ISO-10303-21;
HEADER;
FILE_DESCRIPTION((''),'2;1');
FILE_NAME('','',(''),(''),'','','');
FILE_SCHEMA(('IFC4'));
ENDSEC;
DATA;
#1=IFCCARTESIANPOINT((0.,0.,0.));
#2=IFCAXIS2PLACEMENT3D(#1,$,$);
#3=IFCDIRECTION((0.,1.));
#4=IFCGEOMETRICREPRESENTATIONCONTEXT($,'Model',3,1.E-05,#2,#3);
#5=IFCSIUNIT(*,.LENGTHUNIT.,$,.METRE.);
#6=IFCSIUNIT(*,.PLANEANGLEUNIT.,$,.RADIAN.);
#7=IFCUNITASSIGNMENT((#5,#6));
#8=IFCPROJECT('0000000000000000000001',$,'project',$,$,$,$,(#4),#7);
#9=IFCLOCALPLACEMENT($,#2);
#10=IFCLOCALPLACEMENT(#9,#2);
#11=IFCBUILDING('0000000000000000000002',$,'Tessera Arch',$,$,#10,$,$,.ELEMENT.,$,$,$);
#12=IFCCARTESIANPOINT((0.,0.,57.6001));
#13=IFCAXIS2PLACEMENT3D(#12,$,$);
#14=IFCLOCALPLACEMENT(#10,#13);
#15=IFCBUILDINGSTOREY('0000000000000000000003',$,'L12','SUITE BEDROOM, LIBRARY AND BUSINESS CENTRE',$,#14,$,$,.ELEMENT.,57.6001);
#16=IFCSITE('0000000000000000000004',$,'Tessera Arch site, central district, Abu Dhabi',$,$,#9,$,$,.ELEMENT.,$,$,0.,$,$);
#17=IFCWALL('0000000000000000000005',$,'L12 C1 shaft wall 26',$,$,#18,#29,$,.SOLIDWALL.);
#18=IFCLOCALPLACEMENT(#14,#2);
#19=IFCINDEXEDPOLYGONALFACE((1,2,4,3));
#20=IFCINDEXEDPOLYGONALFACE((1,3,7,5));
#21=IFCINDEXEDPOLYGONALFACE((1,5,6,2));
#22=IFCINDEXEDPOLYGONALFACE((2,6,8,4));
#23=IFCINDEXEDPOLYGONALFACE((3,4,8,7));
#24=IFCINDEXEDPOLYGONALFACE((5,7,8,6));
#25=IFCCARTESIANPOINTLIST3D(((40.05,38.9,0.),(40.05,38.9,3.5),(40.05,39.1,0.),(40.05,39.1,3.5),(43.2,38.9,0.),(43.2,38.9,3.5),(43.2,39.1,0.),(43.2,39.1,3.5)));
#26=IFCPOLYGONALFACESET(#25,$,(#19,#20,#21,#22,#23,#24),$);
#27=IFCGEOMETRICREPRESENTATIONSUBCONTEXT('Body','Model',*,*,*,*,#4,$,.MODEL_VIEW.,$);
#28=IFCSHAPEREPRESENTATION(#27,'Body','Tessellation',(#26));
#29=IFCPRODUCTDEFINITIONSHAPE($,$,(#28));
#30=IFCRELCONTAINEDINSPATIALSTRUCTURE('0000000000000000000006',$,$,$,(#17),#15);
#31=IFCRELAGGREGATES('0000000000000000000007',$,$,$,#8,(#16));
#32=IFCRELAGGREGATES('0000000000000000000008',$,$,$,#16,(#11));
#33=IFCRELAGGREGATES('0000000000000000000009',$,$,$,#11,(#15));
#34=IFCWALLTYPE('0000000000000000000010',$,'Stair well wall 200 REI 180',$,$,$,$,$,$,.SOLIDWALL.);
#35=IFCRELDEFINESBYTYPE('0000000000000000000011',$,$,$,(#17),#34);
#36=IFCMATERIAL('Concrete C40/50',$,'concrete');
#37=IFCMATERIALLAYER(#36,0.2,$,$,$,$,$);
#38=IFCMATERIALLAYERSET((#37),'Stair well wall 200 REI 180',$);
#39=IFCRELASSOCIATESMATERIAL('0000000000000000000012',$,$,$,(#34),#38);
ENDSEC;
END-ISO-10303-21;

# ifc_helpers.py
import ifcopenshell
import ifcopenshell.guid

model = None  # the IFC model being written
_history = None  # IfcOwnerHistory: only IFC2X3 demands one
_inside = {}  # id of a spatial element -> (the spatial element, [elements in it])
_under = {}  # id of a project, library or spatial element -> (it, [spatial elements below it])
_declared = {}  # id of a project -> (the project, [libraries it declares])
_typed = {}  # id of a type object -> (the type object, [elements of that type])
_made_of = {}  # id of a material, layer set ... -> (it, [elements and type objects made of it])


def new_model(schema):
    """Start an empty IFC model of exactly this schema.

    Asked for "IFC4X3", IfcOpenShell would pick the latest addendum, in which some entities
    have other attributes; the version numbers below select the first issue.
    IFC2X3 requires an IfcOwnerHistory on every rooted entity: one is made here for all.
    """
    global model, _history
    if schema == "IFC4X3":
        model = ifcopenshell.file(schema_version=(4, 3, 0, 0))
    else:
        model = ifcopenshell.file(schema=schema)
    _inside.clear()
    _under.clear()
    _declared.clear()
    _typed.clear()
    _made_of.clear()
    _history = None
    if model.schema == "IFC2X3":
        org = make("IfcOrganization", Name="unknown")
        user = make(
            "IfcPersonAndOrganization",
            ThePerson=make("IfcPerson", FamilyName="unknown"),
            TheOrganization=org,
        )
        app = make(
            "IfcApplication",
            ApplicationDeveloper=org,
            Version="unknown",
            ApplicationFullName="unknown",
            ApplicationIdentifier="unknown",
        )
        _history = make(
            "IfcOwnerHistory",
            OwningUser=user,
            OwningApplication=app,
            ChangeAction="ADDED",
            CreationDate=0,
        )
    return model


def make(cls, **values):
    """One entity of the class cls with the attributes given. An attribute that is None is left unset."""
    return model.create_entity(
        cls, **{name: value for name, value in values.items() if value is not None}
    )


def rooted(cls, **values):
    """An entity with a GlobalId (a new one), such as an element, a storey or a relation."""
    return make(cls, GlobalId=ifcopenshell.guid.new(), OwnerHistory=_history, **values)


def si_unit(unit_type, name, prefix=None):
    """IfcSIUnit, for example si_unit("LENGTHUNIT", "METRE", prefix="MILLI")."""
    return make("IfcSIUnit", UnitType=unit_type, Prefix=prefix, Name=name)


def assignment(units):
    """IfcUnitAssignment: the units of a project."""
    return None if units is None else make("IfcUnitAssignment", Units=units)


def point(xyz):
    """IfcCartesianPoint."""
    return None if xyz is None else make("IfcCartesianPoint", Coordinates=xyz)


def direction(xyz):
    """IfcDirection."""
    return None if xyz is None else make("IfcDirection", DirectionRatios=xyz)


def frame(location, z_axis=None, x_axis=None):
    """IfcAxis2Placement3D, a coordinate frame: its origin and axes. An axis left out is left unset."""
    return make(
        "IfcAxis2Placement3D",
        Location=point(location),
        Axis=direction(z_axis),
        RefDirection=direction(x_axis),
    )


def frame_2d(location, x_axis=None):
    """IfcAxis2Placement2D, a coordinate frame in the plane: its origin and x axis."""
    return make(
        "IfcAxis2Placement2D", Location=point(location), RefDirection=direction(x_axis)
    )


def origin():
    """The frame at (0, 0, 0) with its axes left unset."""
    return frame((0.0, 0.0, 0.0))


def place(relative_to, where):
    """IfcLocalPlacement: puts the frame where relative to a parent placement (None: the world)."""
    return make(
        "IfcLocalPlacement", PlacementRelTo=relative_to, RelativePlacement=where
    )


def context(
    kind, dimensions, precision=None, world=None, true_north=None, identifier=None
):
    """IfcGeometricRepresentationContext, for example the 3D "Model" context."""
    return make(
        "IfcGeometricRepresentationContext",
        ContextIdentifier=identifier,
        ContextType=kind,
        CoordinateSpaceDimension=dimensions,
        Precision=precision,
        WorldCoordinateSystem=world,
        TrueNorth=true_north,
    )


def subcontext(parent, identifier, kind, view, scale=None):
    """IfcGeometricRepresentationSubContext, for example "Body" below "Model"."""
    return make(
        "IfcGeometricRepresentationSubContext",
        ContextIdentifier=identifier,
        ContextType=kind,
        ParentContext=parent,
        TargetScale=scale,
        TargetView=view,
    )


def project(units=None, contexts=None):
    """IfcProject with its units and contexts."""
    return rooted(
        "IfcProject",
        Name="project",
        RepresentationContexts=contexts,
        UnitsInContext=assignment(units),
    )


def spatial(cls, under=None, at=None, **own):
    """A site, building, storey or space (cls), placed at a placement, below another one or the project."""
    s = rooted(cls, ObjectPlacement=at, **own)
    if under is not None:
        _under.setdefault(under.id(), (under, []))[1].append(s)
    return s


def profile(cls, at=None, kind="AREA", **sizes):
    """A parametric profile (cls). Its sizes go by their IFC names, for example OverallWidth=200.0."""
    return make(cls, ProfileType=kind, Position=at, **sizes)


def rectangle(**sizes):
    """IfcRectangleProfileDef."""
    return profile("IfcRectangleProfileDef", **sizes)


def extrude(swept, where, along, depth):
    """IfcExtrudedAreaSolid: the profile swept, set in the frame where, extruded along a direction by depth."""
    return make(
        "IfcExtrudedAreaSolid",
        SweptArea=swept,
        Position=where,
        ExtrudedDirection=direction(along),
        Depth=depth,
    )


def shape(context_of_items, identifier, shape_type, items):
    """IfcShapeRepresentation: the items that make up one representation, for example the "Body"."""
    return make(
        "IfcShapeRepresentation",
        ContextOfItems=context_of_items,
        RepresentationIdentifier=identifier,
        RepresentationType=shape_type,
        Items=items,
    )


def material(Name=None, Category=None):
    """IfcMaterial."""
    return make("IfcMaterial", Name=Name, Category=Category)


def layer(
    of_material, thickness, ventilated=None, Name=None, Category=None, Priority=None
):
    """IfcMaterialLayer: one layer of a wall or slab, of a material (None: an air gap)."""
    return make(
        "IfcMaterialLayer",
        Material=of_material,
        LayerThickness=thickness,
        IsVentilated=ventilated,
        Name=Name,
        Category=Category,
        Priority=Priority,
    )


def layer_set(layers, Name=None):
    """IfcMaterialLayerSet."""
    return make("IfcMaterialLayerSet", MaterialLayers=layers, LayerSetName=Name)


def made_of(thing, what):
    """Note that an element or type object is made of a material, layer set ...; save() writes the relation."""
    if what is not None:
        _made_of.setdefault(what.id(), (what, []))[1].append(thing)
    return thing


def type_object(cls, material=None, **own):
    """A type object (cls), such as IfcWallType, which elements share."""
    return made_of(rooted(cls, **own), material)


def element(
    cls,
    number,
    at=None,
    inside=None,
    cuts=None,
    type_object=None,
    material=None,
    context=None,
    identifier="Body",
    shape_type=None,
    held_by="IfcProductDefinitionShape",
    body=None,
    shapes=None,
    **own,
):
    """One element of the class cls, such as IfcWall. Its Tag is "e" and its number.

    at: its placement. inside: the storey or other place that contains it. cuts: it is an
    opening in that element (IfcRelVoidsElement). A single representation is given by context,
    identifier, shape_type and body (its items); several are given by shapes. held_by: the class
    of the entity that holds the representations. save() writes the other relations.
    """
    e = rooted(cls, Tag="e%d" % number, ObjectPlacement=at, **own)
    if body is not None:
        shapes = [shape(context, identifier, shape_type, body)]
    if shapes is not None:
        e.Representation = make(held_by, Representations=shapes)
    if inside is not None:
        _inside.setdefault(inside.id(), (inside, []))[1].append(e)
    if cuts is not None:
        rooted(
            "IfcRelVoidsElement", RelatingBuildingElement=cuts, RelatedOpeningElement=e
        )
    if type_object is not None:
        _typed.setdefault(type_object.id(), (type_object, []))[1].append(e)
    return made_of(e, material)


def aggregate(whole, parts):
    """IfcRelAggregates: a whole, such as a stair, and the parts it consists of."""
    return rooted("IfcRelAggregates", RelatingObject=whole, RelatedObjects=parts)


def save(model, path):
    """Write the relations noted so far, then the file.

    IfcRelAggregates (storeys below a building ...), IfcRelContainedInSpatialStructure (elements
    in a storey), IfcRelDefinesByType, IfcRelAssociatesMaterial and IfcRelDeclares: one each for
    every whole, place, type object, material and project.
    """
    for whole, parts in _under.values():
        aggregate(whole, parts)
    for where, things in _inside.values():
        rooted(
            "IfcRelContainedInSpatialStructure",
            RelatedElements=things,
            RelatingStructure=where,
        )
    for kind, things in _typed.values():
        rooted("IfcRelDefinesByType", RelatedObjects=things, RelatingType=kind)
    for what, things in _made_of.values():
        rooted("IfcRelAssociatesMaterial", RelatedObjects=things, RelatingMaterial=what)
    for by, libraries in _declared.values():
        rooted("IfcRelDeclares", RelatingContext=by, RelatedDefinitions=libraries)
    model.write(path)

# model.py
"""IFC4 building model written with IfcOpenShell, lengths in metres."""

from ifc_helpers import new_model, si_unit, direction, frame, frame_2d, origin, place, context, subcontext, project, spatial, rectangle, extrude, material, layer, layer_set, type_object, element, save


model = new_model("IFC4")

# Units and contexts
model_context = context("Model", 3, precision=1e-05, world=origin(), true_north=direction((0.0, 1.0)))
body_context = subcontext(model_context, "Body", "Model", "MODEL_VIEW")
ifc_project = project(units=[si_unit("LENGTHUNIT", "METRE"), si_unit("PLANEANGLEUNIT", "RADIAN")], contexts=[model_context])

# Site, building, storey
site_placement = place(None, origin())
site = spatial("IfcSite", under=ifc_project, at=site_placement, Name="Tessera Arch site, central district, Abu Dhabi", CompositionType="ELEMENT", RefElevation=0.0)
building_placement = place(site_placement, origin())
building = spatial("IfcBuilding", under=site, at=building_placement, Name="Tessera Arch", CompositionType="ELEMENT")
storey_placement = place(building_placement, frame((0.0, 0.0, 57.6001)))
storey = spatial("IfcBuildingStorey", under=building, at=storey_placement, Name="L12", Description="SUITE BEDROOM, LIBRARY AND BUSINESS CENTRE", CompositionType="ELEMENT", Elevation=57.6001)

# Wall
ifc_material_1 = material(Name="Concrete C40/50", Category="concrete")
ifc_layer_1 = layer(ifc_material_1, 0.2)
ifc_layer_set_1 = layer_set([ifc_layer_1], Name="Stair well wall 200 REI 180")
wall_type_1 = type_object("IfcWallType", Name="Stair well wall 200 REI 180", PredefinedType="SOLIDWALL", material=ifc_layer_set_1)
wall_1_placement = place(storey_placement, frame((40.05, 39.0, 0.0), z_axis=(0.0, 0.0, 1.0), x_axis=(1.0, 0.0, 0.0)))
element("IfcWall", 1, at=wall_1_placement, inside=storey, type_object=wall_type_1, Name="L12 C1 shaft wall 26", PredefinedType="SOLIDWALL", context=body_context, shape_type="SweptSolid", body=[
    extrude(rectangle(XDim=3.1499, YDim=0.2, at=frame_2d((1.575, 0.0))), origin(), (0.0, 0.0, 1.0), 3.5),
])

save(model, "model.ifc")
